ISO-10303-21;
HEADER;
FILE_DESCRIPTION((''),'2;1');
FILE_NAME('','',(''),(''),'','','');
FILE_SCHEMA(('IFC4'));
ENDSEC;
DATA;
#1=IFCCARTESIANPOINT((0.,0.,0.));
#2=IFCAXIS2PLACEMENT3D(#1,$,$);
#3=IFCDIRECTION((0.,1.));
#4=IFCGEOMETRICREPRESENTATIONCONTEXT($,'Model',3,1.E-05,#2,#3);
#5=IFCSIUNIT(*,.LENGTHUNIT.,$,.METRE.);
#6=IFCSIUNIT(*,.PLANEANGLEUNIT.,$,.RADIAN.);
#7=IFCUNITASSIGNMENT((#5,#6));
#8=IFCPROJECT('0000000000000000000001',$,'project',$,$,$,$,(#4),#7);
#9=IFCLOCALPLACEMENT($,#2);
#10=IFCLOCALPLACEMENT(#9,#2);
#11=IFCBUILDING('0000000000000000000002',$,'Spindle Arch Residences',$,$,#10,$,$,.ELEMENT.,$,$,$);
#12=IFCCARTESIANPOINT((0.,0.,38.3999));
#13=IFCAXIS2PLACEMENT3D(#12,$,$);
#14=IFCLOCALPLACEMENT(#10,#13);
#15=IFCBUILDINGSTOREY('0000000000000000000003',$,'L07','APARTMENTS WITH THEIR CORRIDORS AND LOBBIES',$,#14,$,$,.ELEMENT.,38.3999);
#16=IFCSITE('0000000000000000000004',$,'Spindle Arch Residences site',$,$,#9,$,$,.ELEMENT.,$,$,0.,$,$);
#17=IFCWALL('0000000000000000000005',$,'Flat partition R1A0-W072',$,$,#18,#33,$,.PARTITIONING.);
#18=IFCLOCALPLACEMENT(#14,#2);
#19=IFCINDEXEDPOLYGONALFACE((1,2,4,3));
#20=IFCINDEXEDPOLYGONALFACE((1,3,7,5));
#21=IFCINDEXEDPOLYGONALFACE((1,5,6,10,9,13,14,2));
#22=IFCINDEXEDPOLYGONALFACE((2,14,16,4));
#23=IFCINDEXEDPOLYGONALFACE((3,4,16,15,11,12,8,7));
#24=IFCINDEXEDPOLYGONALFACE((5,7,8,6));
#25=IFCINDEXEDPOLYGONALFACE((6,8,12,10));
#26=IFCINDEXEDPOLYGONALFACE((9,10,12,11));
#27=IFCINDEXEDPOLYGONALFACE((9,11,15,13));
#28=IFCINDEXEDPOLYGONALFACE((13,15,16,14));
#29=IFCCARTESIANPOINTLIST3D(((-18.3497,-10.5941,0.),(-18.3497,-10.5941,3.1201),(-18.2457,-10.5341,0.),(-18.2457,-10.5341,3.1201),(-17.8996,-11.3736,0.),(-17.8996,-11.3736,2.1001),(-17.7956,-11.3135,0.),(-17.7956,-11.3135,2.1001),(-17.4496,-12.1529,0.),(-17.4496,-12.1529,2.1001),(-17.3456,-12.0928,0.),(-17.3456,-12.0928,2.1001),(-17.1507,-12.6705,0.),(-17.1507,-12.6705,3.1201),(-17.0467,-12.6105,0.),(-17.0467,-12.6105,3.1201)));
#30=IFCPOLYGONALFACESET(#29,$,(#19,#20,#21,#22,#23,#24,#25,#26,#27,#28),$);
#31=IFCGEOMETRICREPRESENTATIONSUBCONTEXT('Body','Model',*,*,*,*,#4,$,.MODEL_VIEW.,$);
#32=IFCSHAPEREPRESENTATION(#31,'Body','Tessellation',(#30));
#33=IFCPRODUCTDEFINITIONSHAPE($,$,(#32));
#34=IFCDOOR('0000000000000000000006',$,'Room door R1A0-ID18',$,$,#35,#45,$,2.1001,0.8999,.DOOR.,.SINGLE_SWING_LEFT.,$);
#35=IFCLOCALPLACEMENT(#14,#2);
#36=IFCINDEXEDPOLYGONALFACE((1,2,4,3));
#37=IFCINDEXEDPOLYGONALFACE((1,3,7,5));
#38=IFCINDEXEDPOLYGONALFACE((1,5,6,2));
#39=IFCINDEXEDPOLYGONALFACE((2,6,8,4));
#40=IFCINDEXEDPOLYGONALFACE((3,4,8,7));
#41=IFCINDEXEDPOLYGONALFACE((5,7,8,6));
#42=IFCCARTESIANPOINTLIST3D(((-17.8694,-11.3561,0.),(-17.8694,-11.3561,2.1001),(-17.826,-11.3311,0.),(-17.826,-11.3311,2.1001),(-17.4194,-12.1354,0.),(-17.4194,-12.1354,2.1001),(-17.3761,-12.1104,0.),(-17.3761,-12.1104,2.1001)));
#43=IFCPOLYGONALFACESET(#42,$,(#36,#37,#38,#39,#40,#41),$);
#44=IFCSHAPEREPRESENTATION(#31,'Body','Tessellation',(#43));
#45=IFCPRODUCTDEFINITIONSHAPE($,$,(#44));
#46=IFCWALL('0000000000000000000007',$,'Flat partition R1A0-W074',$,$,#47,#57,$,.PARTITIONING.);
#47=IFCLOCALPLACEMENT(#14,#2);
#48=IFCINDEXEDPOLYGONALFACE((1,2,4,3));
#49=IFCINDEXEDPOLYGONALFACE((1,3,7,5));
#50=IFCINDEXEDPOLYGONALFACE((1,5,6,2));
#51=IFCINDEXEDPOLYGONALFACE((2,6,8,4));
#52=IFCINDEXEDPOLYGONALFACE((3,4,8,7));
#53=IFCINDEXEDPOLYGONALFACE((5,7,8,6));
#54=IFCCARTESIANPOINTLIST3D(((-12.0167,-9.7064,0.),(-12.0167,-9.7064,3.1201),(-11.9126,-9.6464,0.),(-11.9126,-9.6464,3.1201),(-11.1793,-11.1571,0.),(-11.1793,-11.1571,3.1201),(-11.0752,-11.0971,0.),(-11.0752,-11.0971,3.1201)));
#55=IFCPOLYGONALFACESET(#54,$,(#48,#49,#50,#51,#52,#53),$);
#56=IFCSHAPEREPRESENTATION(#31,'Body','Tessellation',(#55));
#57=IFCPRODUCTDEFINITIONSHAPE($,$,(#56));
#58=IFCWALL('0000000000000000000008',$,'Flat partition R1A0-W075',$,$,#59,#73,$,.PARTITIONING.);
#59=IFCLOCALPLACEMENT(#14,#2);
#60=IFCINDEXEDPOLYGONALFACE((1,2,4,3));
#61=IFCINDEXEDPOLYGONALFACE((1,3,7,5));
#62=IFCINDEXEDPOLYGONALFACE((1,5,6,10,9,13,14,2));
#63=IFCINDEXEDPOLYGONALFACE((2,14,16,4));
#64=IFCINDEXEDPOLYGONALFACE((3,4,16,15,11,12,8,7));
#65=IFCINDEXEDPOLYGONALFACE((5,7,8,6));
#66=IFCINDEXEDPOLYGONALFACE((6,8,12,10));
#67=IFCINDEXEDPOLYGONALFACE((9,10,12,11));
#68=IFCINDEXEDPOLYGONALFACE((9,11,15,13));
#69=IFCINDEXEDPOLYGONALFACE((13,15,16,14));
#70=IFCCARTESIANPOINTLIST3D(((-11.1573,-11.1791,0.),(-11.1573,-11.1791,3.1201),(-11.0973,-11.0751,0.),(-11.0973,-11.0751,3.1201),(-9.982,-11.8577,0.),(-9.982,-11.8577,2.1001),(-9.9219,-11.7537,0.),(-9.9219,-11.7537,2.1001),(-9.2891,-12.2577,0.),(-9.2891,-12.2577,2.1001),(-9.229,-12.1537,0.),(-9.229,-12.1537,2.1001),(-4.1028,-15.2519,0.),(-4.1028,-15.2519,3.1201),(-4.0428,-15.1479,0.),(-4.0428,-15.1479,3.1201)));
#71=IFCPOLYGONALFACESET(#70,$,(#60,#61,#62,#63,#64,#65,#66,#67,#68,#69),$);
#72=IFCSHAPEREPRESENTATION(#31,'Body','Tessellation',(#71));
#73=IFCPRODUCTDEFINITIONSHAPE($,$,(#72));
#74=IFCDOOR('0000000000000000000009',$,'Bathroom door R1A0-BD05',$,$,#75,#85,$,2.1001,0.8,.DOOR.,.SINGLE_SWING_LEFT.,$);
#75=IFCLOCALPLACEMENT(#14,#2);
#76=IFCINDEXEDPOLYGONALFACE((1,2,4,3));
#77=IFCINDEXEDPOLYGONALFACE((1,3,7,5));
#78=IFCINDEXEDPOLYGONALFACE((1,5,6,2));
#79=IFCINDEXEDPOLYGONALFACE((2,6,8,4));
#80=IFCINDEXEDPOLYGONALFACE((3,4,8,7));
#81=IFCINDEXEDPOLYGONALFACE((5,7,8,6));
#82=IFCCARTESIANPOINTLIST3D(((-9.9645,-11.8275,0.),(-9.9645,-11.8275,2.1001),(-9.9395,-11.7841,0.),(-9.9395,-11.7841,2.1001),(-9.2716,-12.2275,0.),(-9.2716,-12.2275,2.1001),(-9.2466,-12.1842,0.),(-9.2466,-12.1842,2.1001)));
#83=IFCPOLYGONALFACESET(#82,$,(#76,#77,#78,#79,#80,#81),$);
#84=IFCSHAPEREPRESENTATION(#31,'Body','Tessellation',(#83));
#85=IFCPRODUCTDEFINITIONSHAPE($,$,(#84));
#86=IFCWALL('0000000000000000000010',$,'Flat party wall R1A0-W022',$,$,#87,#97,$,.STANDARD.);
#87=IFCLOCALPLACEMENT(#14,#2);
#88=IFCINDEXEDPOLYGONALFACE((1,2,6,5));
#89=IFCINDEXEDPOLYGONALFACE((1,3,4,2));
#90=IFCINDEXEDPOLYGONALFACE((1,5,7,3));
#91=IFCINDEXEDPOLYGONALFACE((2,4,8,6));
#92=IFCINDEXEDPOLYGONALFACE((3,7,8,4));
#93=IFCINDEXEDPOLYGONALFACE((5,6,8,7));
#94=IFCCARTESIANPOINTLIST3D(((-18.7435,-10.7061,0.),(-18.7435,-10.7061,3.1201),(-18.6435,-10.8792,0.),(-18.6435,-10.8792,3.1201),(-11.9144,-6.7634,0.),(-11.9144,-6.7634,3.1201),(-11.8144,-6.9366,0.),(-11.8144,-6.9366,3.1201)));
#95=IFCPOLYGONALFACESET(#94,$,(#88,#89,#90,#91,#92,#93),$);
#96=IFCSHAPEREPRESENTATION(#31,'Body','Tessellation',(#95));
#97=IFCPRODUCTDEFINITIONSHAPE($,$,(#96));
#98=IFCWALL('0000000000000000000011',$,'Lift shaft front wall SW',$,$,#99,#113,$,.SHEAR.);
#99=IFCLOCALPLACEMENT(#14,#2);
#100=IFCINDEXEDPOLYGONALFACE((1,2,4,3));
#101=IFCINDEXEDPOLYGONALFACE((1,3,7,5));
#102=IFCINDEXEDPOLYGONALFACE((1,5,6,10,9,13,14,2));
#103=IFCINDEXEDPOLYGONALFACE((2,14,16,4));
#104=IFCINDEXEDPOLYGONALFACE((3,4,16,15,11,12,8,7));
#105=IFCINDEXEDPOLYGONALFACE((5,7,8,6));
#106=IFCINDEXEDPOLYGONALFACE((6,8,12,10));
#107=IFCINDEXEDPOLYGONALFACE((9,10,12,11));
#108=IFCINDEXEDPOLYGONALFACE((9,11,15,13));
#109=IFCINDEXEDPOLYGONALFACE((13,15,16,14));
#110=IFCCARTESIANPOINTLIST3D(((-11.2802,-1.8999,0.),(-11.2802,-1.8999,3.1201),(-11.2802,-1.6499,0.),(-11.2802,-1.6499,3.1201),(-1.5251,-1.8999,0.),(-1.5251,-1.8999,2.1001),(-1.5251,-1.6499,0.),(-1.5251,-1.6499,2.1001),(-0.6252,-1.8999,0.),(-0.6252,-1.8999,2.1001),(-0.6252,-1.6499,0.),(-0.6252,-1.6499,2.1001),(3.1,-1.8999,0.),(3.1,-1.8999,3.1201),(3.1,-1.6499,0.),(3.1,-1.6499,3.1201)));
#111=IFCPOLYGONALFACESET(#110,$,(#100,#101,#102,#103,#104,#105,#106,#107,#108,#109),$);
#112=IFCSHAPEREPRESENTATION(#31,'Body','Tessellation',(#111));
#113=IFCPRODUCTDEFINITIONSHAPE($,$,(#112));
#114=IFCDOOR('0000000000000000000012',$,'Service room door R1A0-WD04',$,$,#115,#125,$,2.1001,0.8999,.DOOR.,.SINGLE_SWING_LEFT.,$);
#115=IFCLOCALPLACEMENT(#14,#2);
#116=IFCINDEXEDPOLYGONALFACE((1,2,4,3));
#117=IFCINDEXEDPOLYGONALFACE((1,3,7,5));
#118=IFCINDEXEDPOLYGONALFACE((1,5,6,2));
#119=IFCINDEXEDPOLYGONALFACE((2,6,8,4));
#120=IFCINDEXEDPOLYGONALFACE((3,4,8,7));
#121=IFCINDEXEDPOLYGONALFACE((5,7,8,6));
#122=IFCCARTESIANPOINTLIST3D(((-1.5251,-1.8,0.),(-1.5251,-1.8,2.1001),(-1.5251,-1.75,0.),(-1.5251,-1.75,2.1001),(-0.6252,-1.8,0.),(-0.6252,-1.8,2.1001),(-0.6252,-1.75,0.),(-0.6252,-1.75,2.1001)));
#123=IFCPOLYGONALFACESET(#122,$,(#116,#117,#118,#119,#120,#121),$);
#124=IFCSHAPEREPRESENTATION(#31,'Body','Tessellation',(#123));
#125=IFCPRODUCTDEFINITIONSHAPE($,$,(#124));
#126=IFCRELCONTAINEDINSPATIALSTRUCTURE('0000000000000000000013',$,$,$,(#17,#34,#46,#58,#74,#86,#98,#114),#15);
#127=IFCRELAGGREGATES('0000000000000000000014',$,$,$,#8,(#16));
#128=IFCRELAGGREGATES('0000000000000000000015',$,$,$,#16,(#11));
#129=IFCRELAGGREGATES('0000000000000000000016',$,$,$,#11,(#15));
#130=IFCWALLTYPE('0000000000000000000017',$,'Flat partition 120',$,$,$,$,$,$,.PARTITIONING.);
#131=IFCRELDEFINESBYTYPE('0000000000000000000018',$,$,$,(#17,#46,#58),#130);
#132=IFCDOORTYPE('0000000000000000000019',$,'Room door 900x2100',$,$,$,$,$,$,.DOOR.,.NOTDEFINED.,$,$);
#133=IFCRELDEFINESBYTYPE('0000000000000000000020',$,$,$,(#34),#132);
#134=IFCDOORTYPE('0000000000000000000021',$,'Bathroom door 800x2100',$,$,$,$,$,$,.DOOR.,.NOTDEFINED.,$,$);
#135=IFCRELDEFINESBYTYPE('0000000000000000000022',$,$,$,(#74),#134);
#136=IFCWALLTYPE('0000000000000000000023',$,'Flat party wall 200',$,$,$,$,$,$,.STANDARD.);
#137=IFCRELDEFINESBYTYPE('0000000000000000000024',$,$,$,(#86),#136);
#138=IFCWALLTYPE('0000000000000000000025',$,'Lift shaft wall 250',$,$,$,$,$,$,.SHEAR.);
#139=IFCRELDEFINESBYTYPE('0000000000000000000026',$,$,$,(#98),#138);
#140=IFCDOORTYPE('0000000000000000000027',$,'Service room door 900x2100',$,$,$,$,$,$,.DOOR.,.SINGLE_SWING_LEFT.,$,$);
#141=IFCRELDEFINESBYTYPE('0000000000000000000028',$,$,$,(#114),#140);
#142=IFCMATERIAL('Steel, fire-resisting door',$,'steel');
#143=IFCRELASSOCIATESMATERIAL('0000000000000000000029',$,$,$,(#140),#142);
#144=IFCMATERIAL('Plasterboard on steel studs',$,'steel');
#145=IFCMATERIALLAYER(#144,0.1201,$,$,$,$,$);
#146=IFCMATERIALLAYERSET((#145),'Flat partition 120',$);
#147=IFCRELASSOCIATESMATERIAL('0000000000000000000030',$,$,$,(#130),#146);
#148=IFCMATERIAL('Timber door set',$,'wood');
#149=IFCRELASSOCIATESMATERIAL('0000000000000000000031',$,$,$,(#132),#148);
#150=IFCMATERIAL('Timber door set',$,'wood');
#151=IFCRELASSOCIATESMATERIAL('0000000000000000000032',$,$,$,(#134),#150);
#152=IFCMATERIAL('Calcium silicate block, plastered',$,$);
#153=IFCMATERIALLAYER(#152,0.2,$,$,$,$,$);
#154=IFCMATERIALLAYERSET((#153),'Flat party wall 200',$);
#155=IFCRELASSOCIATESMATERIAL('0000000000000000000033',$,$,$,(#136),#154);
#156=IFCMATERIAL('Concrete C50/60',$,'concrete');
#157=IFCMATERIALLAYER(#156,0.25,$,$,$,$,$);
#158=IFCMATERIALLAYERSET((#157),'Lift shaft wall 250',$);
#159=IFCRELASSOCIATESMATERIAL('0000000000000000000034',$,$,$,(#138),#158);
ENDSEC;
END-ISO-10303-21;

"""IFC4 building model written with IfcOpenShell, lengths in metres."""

from ifc_helpers import new_model, si_unit, direction, frame, frame_2d, origin, place, context, subcontext, project, spatial, rectangle, extrude, material, layer, layer_set, type_object, element, fill, save


model = new_model("IFC4")

# Units and contexts
model_context = context("Model", 3, precision=1e-05, world=origin(), true_north=direction((0.0, 1.0)))
body_context = subcontext(model_context, "Body", "Model", "MODEL_VIEW")
ifc_project = project(units=[si_unit("LENGTHUNIT", "METRE"), si_unit("PLANEANGLEUNIT", "RADIAN")], contexts=[model_context])

# Site, building, storey
site_placement = place(None, origin())
site = spatial("IfcSite", under=ifc_project, at=site_placement, Name="Spindle Arch Residences site", CompositionType="ELEMENT", RefElevation=0.0)
building_placement = place(site_placement, origin())
building = spatial("IfcBuilding", under=site, at=building_placement, Name="Spindle Arch Residences", CompositionType="ELEMENT")
storey_placement = place(building_placement, frame((0.0, 0.0, 38.3999)))
storey = spatial("IfcBuildingStorey", under=building, at=storey_placement, Name="L07", Description="APARTMENTS WITH THEIR CORRIDORS AND LOBBIES", CompositionType="ELEMENT", Elevation=38.3999)

# Shared definitions
ifc_material_1 = material(Name="Steel, fire-resisting door", Category="steel")
door_type_1 = type_object("IfcDoorType", Name="Service room door 900x2100", OperationType="SINGLE_SWING_LEFT", PredefinedType="DOOR", material=ifc_material_1)

# Shared definitions
ifc_material_2 = material(Name="Plasterboard on steel studs", Category="steel")
ifc_layer_1 = layer(ifc_material_2, 0.1201)
ifc_layer_set_1 = layer_set([ifc_layer_1], Name="Flat partition 120")
wall_type_1 = type_object("IfcWallType", Name="Flat partition 120", PredefinedType="PARTITIONING", material=ifc_layer_set_1)

# Wall, opening, door
wall_1_placement = place(storey_placement, frame((-18.2976, -10.5642, 0.0), z_axis=(0.0, 0.0, 1.0), x_axis=(0.500049, -0.865997, 0.0)))
wall_1 = element("IfcWall", 1, at=wall_1_placement, inside=storey, type_object=wall_type_1, Name="Flat partition R1A0-W072", PredefinedType="PARTITIONING", context=body_context, shape_type="SweptSolid", body=[
    extrude(rectangle(XDim=2.3977, YDim=0.1201, at=frame_2d((1.1987, 0.0))), origin(), (0.0, 0.0, 1.0), 3.1201),
])
opening_1_placement = place(wall_1_placement, frame((0.8999, 0.0, 0.0)))
opening_1 = element("IfcOpeningElement", 2, at=opening_1_placement, cuts=wall_1, PredefinedType="OPENING", context=body_context, shape_type="SweptSolid", body=[
    extrude(rectangle(XDim=0.8999, YDim=2.1001, at=frame_2d((0.45, 1.05))), frame((0.0, 0.0701, 0.0), z_axis=(0.0, -1.0, 0.0), x_axis=(1.0, 0.0, 0.0)), (0.0, 0.0, 1.0), 0.1401),
])
ifc_material_3 = material(Name="Timber door set", Category="wood")
door_type_2 = type_object("IfcDoorType", Name="Room door 900x2100", OperationType="NOTDEFINED", PredefinedType="DOOR", material=ifc_material_3)
door_1_placement = place(opening_1_placement, origin())
door_1 = element("IfcDoor", 3, at=door_1_placement, inside=storey, type_object=door_type_2, Name="Room door R1A0-ID18", OperationType="SINGLE_SWING_LEFT", OverallHeight=2.1001, OverallWidth=0.8999, PredefinedType="DOOR", context=body_context, shape_type="SweptSolid", body=[
    extrude(rectangle(XDim=0.8999, YDim=2.1001, at=frame_2d((0.45, 1.05))), frame((0.0, 0.0249, 0.0), z_axis=(0.0, -1.0, 0.0), x_axis=(1.0, 0.0, 0.0)), (0.0, 0.0, 1.0), 0.05),
])
fill(opening_1, door_1)

# Wall
wall_2_placement = place(storey_placement, frame((-11.9646, -9.6765, 0.0), z_axis=(0.0, 0.0, 1.0), x_axis=(0.499933, -0.866064, 0.0)))
element("IfcWall", 4, at=wall_2_placement, inside=storey, type_object=wall_type_1, Name="Flat partition R1A0-W074", PredefinedType="PARTITIONING", context=body_context, shape_type="SweptSolid", body=[
    extrude(rectangle(XDim=1.675, YDim=0.1201, at=frame_2d((0.8374, 0.0))), origin(), (0.0, 0.0, 1.0), 3.1201),
])

# Wall, opening, door
wall_3_placement = place(storey_placement, frame((-11.1272, -11.1272, 0.0), z_axis=(0.0, 0.0, 1.0), x_axis=(0.866032, -0.499988, 0.0)))
wall_3 = element("IfcWall", 5, at=wall_3_placement, inside=storey, type_object=wall_type_1, Name="Flat partition R1A0-W075", PredefinedType="PARTITIONING", context=body_context, shape_type="SweptSolid", body=[
    extrude(rectangle(XDim=8.1458, YDim=0.1201, at=frame_2d((4.0728, 0.0))), origin(), (0.0, 0.0, 1.0), 3.1201),
])
opening_2_placement = place(wall_3_placement, frame((1.3572, 0.0, 0.0)))
opening_2 = element("IfcOpeningElement", 6, at=opening_2_placement, cuts=wall_3, PredefinedType="OPENING", context=body_context, shape_type="SweptSolid", body=[
    extrude(rectangle(XDim=0.8, YDim=2.1001, at=frame_2d((0.3999, 1.05))), frame((0.0, 0.0701, 0.0), z_axis=(0.0, -1.0, 0.0), x_axis=(1.0, 0.0, 0.0)), (0.0, 0.0, 1.0), 0.1401),
])
ifc_material_4 = material(Name="Timber door set", Category="wood")
door_type_3 = type_object("IfcDoorType", Name="Bathroom door 800x2100", OperationType="NOTDEFINED", PredefinedType="DOOR", material=ifc_material_4)
door_2_placement = place(opening_2_placement, origin())
door_2 = element("IfcDoor", 7, at=door_2_placement, inside=storey, type_object=door_type_3, Name="Bathroom door R1A0-BD05", OperationType="SINGLE_SWING_LEFT", OverallHeight=2.1001, OverallWidth=0.8, PredefinedType="DOOR", context=body_context, shape_type="SweptSolid", body=[
    extrude(rectangle(XDim=0.8, YDim=2.1001, at=frame_2d((0.3999, 1.05))), frame((0.0, 0.0249, 0.0), z_axis=(0.0, -1.0, 0.0), x_axis=(1.0, 0.0, 0.0)), (0.0, 0.0, 1.0), 0.05),
])
fill(opening_2, door_2)

# Wall
ifc_material_5 = material(Name="Calcium silicate block, plastered")
ifc_layer_2 = layer(ifc_material_5, 0.2)
ifc_layer_set_2 = layer_set([ifc_layer_2], Name="Flat party wall 200")
wall_type_2 = type_object("IfcWallType", Name="Flat party wall 200", PredefinedType="STANDARD", material=ifc_layer_set_2)
wall_4_placement = place(storey_placement, frame((-18.6936, -10.7927, 0.0), z_axis=(0.0, 0.0, 1.0), x_axis=(0.866034, 0.499985, 0.0)))
element("IfcWall", 8, at=wall_4_placement, inside=storey, type_object=wall_type_2, Name="Flat party wall R1A0-W022", PredefinedType="STANDARD", context=body_context, shape_type="SweptSolid", body=[
    extrude(rectangle(XDim=7.8855, YDim=0.2, at=frame_2d((3.9429, 0.0))), origin(), (0.0, 0.0, 1.0), 3.1201),
])

# Wall, opening, door
ifc_material_6 = material(Name="Concrete C50/60", Category="concrete")
ifc_layer_3 = layer(ifc_material_6, 0.25)
ifc_layer_set_3 = layer_set([ifc_layer_3], Name="Lift shaft wall 250")
wall_type_3 = type_object("IfcWallType", Name="Lift shaft wall 250", PredefinedType="SHEAR", material=ifc_layer_set_3)
wall_5_placement = place(storey_placement, frame((-11.28, -1.7749, 0.0), z_axis=(0.0, 0.0, 1.0), x_axis=(1.0, 0.0, 0.0)))
wall_5 = element("IfcWall", 9, at=wall_5_placement, inside=storey, type_object=wall_type_3, Name="Lift shaft front wall SW", PredefinedType="SHEAR", context=body_context, shape_type="SweptSolid", body=[
    extrude(rectangle(XDim=14.3801, YDim=0.25, at=frame_2d((7.1899, 0.0))), origin(), (0.0, 0.0, 1.0), 3.1201),
])
opening_3_placement = place(wall_5_placement, frame((9.7549, 0.0, 0.0)))
opening_3 = element("IfcOpeningElement", 10, at=opening_3_placement, cuts=wall_5, PredefinedType="OPENING", context=body_context, shape_type="SweptSolid", body=[
    extrude(rectangle(XDim=0.8999, YDim=2.1001, at=frame_2d((0.45, 1.05))), frame((0.0, 0.135, 0.0), z_axis=(0.0, -1.0, 0.0), x_axis=(1.0, 0.0, 0.0)), (0.0, 0.0, 1.0), 0.27),
])
door_3_placement = place(opening_3_placement, origin())
door_3 = element("IfcDoor", 11, at=door_3_placement, inside=storey, type_object=door_type_1, Name="Service room door R1A0-WD04", OperationType="SINGLE_SWING_LEFT", OverallHeight=2.1001, OverallWidth=0.8999, PredefinedType="DOOR", context=body_context, shape_type="SweptSolid", body=[
    extrude(rectangle(XDim=0.8999, YDim=2.1001, at=frame_2d((0.45, 1.05))), frame((0.0, 0.0249, 0.0), z_axis=(0.0, -1.0, 0.0), x_axis=(1.0, 0.0, 0.0)), (0.0, 0.0, 1.0), 0.05),
])
fill(opening_3, door_3)

save(model, "model.ifc")
